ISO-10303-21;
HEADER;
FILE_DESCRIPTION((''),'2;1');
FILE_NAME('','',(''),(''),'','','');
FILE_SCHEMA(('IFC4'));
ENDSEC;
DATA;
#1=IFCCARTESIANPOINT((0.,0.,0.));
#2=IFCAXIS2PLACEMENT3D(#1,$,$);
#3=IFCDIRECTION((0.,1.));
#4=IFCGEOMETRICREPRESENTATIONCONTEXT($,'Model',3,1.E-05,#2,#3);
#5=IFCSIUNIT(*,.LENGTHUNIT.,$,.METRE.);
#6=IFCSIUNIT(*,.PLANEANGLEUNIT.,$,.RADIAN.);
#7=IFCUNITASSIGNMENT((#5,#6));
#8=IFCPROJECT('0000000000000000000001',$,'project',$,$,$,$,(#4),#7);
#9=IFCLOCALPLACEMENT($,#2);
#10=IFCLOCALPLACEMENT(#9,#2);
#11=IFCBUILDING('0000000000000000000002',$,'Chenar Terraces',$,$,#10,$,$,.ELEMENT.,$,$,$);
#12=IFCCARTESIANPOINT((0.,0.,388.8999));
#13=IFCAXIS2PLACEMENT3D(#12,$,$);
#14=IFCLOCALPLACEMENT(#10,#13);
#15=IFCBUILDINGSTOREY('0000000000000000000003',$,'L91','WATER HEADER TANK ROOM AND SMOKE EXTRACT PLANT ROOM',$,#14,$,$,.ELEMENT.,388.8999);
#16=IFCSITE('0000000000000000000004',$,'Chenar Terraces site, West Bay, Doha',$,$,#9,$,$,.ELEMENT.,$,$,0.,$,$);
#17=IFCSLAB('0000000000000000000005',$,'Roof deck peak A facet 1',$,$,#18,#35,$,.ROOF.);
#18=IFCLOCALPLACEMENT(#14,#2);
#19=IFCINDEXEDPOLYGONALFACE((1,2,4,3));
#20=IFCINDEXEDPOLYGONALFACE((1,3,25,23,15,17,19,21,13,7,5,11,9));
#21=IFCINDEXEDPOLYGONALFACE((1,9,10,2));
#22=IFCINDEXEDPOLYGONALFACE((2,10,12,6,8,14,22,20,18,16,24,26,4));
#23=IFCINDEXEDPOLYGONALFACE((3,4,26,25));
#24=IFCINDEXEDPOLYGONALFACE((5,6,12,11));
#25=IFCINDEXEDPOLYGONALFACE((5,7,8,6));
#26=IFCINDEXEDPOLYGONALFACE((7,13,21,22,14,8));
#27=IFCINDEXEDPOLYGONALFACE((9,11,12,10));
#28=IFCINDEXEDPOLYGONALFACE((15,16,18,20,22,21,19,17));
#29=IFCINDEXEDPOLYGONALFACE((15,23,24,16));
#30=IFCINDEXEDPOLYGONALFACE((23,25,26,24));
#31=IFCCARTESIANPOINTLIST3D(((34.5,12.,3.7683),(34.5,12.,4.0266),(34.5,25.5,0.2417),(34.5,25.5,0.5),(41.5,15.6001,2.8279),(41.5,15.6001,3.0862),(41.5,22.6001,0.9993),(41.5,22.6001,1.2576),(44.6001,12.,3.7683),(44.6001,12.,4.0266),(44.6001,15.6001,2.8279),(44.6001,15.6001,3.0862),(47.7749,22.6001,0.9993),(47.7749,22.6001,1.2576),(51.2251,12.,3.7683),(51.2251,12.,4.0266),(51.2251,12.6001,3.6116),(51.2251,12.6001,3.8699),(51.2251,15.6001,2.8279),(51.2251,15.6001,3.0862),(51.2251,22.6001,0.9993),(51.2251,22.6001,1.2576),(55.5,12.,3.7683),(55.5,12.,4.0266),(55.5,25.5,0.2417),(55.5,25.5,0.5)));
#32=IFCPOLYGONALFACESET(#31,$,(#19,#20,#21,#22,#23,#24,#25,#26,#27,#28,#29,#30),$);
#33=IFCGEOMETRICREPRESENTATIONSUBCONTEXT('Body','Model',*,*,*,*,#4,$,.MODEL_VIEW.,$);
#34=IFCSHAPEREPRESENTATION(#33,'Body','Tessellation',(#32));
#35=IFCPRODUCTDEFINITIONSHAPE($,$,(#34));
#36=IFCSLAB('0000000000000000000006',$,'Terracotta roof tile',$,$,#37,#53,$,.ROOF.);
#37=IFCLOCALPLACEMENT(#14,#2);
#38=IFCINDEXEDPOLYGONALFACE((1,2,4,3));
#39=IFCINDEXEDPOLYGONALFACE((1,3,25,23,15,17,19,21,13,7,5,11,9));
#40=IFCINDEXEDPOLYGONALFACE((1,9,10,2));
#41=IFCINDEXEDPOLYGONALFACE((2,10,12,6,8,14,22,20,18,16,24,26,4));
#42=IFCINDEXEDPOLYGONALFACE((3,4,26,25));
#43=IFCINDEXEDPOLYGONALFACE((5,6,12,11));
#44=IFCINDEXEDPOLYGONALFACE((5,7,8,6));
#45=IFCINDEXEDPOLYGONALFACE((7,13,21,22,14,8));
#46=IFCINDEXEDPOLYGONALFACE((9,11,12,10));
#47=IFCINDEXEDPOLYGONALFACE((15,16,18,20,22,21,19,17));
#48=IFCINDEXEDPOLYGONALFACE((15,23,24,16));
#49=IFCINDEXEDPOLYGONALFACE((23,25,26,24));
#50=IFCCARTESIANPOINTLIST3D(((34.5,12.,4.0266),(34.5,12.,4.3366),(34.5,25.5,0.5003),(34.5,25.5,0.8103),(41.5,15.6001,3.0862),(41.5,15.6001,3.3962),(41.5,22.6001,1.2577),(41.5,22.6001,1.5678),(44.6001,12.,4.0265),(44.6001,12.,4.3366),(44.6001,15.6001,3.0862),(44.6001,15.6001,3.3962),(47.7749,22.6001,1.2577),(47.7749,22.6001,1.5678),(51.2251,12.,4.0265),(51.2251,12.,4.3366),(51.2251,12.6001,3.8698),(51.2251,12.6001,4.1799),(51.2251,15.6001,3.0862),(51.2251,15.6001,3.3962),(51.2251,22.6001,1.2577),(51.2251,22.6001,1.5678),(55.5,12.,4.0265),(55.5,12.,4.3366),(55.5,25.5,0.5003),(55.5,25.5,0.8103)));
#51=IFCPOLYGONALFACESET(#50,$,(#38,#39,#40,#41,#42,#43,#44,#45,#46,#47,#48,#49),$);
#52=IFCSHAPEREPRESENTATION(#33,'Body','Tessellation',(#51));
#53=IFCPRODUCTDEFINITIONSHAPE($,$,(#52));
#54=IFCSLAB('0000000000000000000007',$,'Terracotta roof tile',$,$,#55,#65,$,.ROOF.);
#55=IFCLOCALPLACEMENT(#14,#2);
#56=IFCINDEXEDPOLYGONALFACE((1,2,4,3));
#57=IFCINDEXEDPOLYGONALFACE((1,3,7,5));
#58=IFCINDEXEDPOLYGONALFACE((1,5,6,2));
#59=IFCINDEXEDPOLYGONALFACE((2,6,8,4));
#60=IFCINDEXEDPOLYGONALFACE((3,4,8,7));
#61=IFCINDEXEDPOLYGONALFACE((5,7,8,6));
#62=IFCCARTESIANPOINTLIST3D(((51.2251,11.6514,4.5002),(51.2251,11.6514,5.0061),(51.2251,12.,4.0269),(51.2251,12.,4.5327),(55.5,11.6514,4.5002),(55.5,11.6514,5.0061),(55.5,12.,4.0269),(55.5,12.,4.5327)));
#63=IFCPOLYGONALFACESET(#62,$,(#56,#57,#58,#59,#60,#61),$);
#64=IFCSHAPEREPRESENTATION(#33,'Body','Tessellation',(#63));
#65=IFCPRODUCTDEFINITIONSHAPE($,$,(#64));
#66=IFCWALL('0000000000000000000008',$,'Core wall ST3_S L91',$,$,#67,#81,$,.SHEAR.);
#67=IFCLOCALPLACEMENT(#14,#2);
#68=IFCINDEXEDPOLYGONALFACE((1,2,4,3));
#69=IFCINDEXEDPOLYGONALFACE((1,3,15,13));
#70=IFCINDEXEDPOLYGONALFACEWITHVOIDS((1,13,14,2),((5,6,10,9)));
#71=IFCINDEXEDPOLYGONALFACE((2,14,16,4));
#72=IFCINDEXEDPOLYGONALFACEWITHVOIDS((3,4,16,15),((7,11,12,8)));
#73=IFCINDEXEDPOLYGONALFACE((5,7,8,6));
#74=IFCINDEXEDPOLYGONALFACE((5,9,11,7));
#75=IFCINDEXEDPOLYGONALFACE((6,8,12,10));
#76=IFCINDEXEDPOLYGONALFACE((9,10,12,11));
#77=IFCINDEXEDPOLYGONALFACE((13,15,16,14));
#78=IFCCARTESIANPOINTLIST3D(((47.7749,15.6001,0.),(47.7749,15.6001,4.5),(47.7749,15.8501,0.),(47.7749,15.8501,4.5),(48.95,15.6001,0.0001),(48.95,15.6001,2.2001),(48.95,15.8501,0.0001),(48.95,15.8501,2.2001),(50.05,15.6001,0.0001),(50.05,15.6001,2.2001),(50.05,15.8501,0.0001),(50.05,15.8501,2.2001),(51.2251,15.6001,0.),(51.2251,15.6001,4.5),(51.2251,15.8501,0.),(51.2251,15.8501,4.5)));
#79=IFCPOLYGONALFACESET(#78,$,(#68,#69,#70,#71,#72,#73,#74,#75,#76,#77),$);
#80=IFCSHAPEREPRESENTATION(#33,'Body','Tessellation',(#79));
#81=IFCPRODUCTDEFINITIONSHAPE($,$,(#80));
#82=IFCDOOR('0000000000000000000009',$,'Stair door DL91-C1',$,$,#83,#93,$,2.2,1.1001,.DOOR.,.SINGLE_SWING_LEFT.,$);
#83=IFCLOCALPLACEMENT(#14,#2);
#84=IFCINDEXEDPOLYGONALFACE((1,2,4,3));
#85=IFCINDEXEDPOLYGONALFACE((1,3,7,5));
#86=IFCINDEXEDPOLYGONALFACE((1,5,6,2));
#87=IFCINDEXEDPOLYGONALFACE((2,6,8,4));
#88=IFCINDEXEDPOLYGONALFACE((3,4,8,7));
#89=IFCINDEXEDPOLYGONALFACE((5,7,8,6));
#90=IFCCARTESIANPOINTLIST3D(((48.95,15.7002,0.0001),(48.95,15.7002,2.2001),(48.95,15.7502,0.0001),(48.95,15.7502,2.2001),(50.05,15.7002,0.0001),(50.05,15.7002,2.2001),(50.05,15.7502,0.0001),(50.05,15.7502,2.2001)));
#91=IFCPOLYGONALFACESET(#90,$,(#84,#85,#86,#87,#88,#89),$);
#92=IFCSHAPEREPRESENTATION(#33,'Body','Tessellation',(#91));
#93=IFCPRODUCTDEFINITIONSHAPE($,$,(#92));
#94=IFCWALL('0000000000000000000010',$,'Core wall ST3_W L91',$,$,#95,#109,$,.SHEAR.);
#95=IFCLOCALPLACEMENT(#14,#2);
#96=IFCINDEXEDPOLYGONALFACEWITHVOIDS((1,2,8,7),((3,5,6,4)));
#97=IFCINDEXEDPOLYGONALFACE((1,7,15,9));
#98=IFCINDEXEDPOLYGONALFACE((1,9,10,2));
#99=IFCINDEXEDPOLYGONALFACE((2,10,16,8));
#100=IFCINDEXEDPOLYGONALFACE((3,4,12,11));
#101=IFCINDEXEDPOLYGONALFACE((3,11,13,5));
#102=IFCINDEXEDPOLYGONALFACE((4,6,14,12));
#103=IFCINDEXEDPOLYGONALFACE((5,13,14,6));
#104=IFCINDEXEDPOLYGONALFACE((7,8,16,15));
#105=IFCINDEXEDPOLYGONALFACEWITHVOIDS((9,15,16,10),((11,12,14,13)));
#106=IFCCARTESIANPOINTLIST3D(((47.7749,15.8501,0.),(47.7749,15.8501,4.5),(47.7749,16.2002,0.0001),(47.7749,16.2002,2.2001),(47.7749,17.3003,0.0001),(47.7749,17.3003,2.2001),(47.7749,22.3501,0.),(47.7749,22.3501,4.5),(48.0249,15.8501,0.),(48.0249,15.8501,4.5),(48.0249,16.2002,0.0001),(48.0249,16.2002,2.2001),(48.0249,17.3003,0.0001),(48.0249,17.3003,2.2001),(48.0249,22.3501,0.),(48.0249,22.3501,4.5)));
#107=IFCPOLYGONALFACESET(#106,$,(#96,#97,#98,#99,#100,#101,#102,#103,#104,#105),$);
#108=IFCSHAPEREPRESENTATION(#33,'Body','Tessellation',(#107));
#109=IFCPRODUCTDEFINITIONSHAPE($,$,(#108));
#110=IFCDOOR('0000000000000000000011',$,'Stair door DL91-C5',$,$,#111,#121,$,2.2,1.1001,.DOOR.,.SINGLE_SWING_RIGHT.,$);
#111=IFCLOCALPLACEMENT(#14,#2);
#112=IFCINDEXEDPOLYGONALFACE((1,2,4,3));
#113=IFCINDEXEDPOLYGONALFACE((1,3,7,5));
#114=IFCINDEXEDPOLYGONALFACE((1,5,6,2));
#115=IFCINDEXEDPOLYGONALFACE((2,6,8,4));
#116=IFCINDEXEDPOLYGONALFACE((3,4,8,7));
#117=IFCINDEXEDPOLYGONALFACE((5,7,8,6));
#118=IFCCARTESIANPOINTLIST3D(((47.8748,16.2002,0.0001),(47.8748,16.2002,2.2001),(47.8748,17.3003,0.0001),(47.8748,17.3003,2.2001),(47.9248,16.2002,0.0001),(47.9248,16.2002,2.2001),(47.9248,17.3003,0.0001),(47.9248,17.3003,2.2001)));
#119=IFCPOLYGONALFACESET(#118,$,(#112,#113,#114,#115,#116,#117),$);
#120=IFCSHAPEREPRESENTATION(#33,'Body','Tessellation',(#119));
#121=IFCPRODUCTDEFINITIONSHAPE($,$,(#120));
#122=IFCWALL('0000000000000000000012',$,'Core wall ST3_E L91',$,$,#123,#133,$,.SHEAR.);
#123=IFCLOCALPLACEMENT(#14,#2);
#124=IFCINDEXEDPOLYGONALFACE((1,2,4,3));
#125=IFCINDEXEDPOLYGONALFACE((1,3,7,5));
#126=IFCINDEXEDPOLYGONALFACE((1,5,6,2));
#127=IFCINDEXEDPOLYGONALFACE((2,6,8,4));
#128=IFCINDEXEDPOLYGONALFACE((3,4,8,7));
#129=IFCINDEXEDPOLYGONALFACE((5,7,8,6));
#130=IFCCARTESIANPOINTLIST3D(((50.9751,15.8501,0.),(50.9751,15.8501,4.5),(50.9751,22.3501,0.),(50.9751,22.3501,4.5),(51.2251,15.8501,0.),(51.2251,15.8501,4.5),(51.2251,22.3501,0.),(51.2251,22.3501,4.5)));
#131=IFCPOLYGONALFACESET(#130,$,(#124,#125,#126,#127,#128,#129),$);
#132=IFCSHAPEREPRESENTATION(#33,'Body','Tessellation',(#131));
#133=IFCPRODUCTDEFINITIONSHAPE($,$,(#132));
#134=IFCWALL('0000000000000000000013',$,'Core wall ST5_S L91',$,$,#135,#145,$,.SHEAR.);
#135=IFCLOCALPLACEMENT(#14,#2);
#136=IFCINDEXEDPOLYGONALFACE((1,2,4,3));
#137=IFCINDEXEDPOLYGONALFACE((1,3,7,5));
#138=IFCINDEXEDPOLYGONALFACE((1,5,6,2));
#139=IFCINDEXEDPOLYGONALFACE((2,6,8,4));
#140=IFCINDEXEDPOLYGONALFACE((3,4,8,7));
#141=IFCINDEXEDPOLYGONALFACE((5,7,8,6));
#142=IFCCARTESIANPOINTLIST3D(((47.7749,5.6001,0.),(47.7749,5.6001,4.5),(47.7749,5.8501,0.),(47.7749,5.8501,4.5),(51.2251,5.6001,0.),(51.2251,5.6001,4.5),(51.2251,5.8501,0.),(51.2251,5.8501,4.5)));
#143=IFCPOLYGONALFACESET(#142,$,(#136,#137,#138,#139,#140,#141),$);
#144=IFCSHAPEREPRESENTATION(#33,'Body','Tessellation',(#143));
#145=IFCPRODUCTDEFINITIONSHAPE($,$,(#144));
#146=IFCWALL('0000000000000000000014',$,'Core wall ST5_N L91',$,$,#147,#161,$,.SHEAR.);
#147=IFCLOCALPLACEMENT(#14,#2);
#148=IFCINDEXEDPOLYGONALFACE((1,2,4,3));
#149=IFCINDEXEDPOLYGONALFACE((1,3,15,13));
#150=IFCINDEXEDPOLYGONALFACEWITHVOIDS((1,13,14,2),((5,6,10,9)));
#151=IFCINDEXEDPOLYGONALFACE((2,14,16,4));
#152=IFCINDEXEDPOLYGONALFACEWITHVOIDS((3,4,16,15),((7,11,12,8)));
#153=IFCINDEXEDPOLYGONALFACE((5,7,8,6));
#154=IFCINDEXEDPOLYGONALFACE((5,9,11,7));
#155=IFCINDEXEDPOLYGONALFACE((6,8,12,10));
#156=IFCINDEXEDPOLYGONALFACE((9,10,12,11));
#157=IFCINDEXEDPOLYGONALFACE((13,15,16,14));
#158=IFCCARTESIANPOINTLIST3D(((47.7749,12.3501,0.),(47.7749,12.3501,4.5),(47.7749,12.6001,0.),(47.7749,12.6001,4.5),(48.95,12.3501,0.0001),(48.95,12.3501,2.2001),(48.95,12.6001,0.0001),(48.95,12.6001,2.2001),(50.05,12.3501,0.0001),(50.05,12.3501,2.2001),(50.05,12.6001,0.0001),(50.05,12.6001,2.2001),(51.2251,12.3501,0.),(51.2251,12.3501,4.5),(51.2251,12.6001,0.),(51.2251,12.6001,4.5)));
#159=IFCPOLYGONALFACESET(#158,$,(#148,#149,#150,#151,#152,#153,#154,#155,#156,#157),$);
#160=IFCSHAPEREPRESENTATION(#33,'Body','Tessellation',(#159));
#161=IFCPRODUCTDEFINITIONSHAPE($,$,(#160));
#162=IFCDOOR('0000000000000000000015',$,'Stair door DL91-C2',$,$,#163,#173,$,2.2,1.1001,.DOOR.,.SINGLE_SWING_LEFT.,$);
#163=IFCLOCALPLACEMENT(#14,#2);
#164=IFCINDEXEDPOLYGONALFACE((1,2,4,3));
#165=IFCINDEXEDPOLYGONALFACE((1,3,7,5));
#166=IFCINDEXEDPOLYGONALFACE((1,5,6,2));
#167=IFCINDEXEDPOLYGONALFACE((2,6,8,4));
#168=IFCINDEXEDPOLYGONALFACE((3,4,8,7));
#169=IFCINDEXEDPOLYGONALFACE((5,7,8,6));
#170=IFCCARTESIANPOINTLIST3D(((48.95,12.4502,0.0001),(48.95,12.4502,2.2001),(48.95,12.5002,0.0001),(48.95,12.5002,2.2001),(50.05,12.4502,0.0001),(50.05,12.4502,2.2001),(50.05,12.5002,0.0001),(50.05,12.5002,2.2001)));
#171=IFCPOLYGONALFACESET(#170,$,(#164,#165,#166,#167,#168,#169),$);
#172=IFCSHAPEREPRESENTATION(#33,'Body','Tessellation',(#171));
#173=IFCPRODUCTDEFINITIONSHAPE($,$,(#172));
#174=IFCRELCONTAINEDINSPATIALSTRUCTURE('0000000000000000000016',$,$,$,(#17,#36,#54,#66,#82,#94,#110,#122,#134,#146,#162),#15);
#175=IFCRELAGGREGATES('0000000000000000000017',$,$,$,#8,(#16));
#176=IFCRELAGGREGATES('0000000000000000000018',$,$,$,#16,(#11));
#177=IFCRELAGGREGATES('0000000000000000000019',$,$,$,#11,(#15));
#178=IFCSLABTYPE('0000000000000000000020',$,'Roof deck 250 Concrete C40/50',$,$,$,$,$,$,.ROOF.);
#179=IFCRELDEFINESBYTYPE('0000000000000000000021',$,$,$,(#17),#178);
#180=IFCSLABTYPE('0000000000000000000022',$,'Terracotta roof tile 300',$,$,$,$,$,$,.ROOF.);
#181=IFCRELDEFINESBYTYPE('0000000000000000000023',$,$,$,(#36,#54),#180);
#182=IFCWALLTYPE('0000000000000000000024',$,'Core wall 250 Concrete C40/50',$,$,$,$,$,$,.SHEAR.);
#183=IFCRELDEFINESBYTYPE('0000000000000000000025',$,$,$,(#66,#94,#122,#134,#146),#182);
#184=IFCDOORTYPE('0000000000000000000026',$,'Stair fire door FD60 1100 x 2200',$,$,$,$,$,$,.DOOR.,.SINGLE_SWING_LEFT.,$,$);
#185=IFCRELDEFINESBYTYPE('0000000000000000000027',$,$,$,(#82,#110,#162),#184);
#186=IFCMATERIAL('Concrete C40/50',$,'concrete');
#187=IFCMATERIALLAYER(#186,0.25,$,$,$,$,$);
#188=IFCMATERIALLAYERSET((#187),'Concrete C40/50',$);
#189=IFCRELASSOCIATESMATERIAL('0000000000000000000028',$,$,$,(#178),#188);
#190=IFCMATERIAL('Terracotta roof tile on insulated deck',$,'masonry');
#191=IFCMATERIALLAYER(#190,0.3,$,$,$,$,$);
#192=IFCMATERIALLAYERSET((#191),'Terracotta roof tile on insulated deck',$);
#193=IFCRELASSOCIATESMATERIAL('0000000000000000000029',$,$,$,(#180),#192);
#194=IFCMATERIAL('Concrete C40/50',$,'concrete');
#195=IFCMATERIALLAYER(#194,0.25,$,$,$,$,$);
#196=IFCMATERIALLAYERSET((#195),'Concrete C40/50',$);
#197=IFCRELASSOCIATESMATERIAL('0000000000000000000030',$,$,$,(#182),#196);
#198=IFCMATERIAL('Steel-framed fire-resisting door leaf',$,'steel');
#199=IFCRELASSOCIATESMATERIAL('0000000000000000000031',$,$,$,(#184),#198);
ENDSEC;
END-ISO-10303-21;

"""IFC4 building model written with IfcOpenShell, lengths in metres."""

from ifc_helpers import new_model, si_unit, direction, frame, frame_2d, origin, place, context, subcontext, project, spatial, polyline, rectangle, outline, extrude, material, layer, layer_set, type_object, element, fill, save


model = new_model("IFC4")

# Units and contexts
model_context = context("Model", 3, precision=1e-05, world=origin(), true_north=direction((0.0, 1.0)))
body_context = subcontext(model_context, "Body", "Model", "MODEL_VIEW")
ifc_project = project(units=[si_unit("LENGTHUNIT", "METRE"), si_unit("PLANEANGLEUNIT", "RADIAN")], contexts=[model_context])

# Site, building, storey
site_placement = place(None, origin())
site = spatial("IfcSite", under=ifc_project, at=site_placement, Name="Chenar Terraces site, West Bay, Doha", CompositionType="ELEMENT", RefElevation=0.0)
building_placement = place(site_placement, origin())
building = spatial("IfcBuilding", under=site, at=building_placement, Name="Chenar Terraces", CompositionType="ELEMENT")
storey_placement = place(building_placement, frame((0.0, 0.0, 388.8999)))
storey = spatial("IfcBuildingStorey", under=building, at=storey_placement, Name="L91", Description="WATER HEADER TANK ROOM AND SMOKE EXTRACT PLANT ROOM", CompositionType="ELEMENT", Elevation=388.8999)

# Slabs
ifc_material_1 = material(Name="Concrete C40/50", Category="concrete")
ifc_layer_1 = layer(ifc_material_1, 0.25)
ifc_layer_set_1 = layer_set([ifc_layer_1], Name="Concrete C40/50")
slab_type_1 = type_object("IfcSlabType", Name="Roof deck 250 Concrete C40/50", PredefinedType="ROOF", material=ifc_layer_set_1)
slab_1_placement = place(storey_placement, frame((51.2251, 12.6001, 3.8699), z_axis=(0.0, 0.25275, 0.967532), x_axis=(0.0, 0.967532, -0.25275)))
element("IfcSlab", 1, at=slab_1_placement, inside=storey, type_object=slab_type_1, Name="Roof deck peak A facet 1", PredefinedType="ROOF", context=body_context, shape_type="SweptSolid", body=[
    extrude(outline(polyline([(0.0, 0.0), (3.1007, 0.0), (10.3356, 0.0), (10.3356, 3.4502), (10.3356, 9.7251), (3.1007, 9.7251), (3.1007, 6.625), (-0.6202, 6.625), (-0.6202, 16.7251), (13.3328, 16.7251), (13.3328, -4.2749), (-0.6202, -4.2749), (-0.6202, 0.0), (0.0, 0.0)])), origin(), (0.25275, 0.0, -0.967532), 0.2583),
])
ifc_material_2 = material(Name="Terracotta roof tile on insulated deck", Category="masonry")
ifc_layer_2 = layer(ifc_material_2, 0.3)
ifc_layer_set_2 = layer_set([ifc_layer_2], Name="Terracotta roof tile on insulated deck")
slab_type_2 = type_object("IfcSlabType", Name="Terracotta roof tile 300", PredefinedType="ROOF", material=ifc_layer_set_2)
slab_2_placement = place(storey_placement, frame((51.2251, 15.6001, 3.3962), z_axis=(0.0, 0.252725, 0.967538), x_axis=(0.0, 0.967538, -0.252725)))
element("IfcSlab", 2, at=slab_2_placement, inside=storey, type_object=slab_type_2, Name="Terracotta roof tile", PredefinedType="ROOF", context=body_context, shape_type="SweptSolid", body=[
    extrude(outline(polyline([(0.0, 0.0), (7.2349, 0.0), (7.2349, 3.4502), (7.2349, 9.7251), (0.0, 9.7251), (0.0, 6.625), (-3.7209, 6.625), (-3.7209, 16.7251), (10.2321, 16.7251), (10.2321, -4.2749), (-3.7209, -4.2749), (-3.7209, 0.0), (-3.1007, 0.0), (0.0, 0.0)])), origin(), (0.252725, 0.0, -0.967538), 0.3101),
])
slab_3_placement = place(storey_placement, frame((51.2251, 12.0, 4.5327), z_axis=(0.0, 0.805202, 0.593001), x_axis=(1.0, 0.0, 0.0)))
element("IfcSlab", 3, at=slab_3_placement, inside=storey, type_object=slab_type_2, Name="Terracotta roof tile", PredefinedType="ROOF", context=body_context, shape_type="SweptSolid", body=[
    extrude(outline(polyline([(0.0, 0.0), (4.2749, 0.0), (4.2749, -0.5879), (0.0, -0.5879), (0.0, 0.0)])), origin(), (0.0, 0.805202, -0.593001), 0.5059),
])

# Walls, openings, doors
ifc_material_3 = material(Name="Concrete C40/50", Category="concrete")
ifc_layer_3 = layer(ifc_material_3, 0.25)
ifc_layer_set_3 = layer_set([ifc_layer_3], Name="Concrete C40/50")
wall_type_1 = type_object("IfcWallType", Name="Core wall 250 Concrete C40/50", PredefinedType="SHEAR", material=ifc_layer_set_3)
wall_1_placement = place(storey_placement, frame((47.7749, 15.7251, 0.0), z_axis=(0.0, 0.0, 1.0), x_axis=(1.0, 0.0, 0.0)))
wall_1 = element("IfcWall", 4, at=wall_1_placement, inside=storey, type_object=wall_type_1, Name="Core wall ST3_S L91", PredefinedType="SHEAR", context=body_context, shape_type="SweptSolid", body=[
    extrude(rectangle(XDim=3.4502, YDim=0.25, at=frame_2d((1.7251, 0.0))), origin(), (0.0, 0.0, 1.0), 4.5),
])
opening_1_placement = place(wall_1_placement, frame((1.175, 0.0, 0.0)))
opening_1 = element("IfcOpeningElement", 5, at=opening_1_placement, cuts=wall_1, PredefinedType="OPENING", context=body_context, shape_type="SweptSolid", body=[
    extrude(rectangle(XDim=1.1001, YDim=2.2, at=frame_2d((0.55, 1.1001))), frame((0.0, 0.135, 0.0), z_axis=(0.0, -1.0, 0.0), x_axis=(1.0, 0.0, 0.0)), (0.0, 0.0, 1.0), 0.27),
])
ifc_material_4 = material(Name="Steel-framed fire-resisting door leaf", Category="steel")
door_type_1 = type_object("IfcDoorType", Name="Stair fire door FD60 1100 x 2200", OperationType="SINGLE_SWING_LEFT", PredefinedType="DOOR", material=ifc_material_4)
door_1_placement = place(opening_1_placement, frame((1.1001, 0.0, 0.0), z_axis=(0.0, 0.0, 1.0), x_axis=(-1.0, 0.0, 0.0)))
door_1 = element("IfcDoor", 6, at=door_1_placement, inside=storey, type_object=door_type_1, Name="Stair door DL91-C1", OperationType="SINGLE_SWING_LEFT", OverallHeight=2.2, OverallWidth=1.1001, PredefinedType="DOOR", context=body_context, shape_type="SweptSolid", body=[
    extrude(rectangle(XDim=1.1001, YDim=2.2, at=frame_2d((0.55, 1.1001))), frame((0.0, 0.0249, 0.0), z_axis=(0.0, -1.0, 0.0), x_axis=(1.0, 0.0, 0.0)), (0.0, 0.0, 1.0), 0.05),
])
fill(opening_1, door_1)
wall_2_placement = place(storey_placement, frame((47.8999, 15.8501, 0.0), z_axis=(0.0, 0.0, 1.0), x_axis=(0.0, 1.0, 0.0)))
wall_2 = element("IfcWall", 7, at=wall_2_placement, inside=storey, type_object=wall_type_1, Name="Core wall ST3_W L91", PredefinedType="SHEAR", context=body_context, shape_type="SweptSolid", body=[
    extrude(rectangle(XDim=6.5, YDim=0.25, at=frame_2d((3.25, 0.0))), origin(), (0.0, 0.0, 1.0), 4.5),
])
opening_2_placement = place(wall_2_placement, frame((0.3501, 0.0, 0.0)))
opening_2 = element("IfcOpeningElement", 8, at=opening_2_placement, cuts=wall_2, PredefinedType="OPENING", context=body_context, shape_type="SweptSolid", body=[
    extrude(rectangle(XDim=1.1001, YDim=2.2, at=frame_2d((0.55, 1.1001))), frame((0.0, 0.135, 0.0), z_axis=(0.0, -1.0, 0.0), x_axis=(1.0, 0.0, 0.0)), (0.0, 0.0, 1.0), 0.27),
])
door_2_placement = place(opening_2_placement, frame((1.1001, 0.0, 0.0), z_axis=(0.0, 0.0, 1.0), x_axis=(-1.0, 0.0, 0.0)))
door_2 = element("IfcDoor", 9, at=door_2_placement, inside=storey, type_object=door_type_1, Name="Stair door DL91-C5", OperationType="SINGLE_SWING_RIGHT", OverallHeight=2.2, OverallWidth=1.1001, PredefinedType="DOOR", context=body_context, shape_type="SweptSolid", body=[
    extrude(rectangle(XDim=1.1001, YDim=2.2, at=frame_2d((0.55, 1.1001))), frame((0.0, 0.0249, 0.0), z_axis=(0.0, -1.0, 0.0), x_axis=(1.0, 0.0, 0.0)), (0.0, 0.0, 1.0), 0.05),
])
fill(opening_2, door_2)

# Walls
wall_3_placement = place(storey_placement, frame((51.1001, 15.8501, 0.0), z_axis=(0.0, 0.0, 1.0), x_axis=(0.0, 1.0, 0.0)))
element("IfcWall", 10, at=wall_3_placement, inside=storey, type_object=wall_type_1, Name="Core wall ST3_E L91", PredefinedType="SHEAR", context=body_context, shape_type="SweptSolid", body=[
    extrude(rectangle(XDim=6.5, YDim=0.25, at=frame_2d((3.25, 0.0))), origin(), (0.0, 0.0, 1.0), 4.5),
])
wall_4_placement = place(storey_placement, frame((47.7749, 5.7251, 0.0), z_axis=(0.0, 0.0, 1.0), x_axis=(1.0, 0.0, 0.0)))
element("IfcWall", 11, at=wall_4_placement, inside=storey, type_object=wall_type_1, Name="Core wall ST5_S L91", PredefinedType="SHEAR", context=body_context, shape_type="SweptSolid", body=[
    extrude(rectangle(XDim=3.4502, YDim=0.25, at=frame_2d((1.7251, 0.0))), origin(), (0.0, 0.0, 1.0), 4.5),
])

# Wall, opening, door
wall_5_placement = place(storey_placement, frame((47.7749, 12.4751, 0.0), z_axis=(0.0, 0.0, 1.0), x_axis=(1.0, 0.0, 0.0)))
wall_5 = element("IfcWall", 12, at=wall_5_placement, inside=storey, type_object=wall_type_1, Name="Core wall ST5_N L91", PredefinedType="SHEAR", context=body_context, shape_type="SweptSolid", body=[
    extrude(rectangle(XDim=3.4502, YDim=0.25, at=frame_2d((1.7251, 0.0))), origin(), (0.0, 0.0, 1.0), 4.5),
])
opening_3_placement = place(wall_5_placement, frame((1.175, 0.0, 0.0)))
opening_3 = element("IfcOpeningElement", 13, at=opening_3_placement, cuts=wall_5, PredefinedType="OPENING", context=body_context, shape_type="SweptSolid", body=[
    extrude(rectangle(XDim=1.1001, YDim=2.2, at=frame_2d((0.55, 1.1001))), frame((0.0, 0.135, 0.0), z_axis=(0.0, -1.0, 0.0), x_axis=(1.0, 0.0, 0.0)), (0.0, 0.0, 1.0), 0.27),
])
door_3_placement = place(opening_3_placement, frame((1.1001, 0.0, 0.0), z_axis=(0.0, 0.0, 1.0), x_axis=(-1.0, 0.0, 0.0)))
door_3 = element("IfcDoor", 14, at=door_3_placement, inside=storey, type_object=door_type_1, Name="Stair door DL91-C2", OperationType="SINGLE_SWING_LEFT", OverallHeight=2.2, OverallWidth=1.1001, PredefinedType="DOOR", context=body_context, shape_type="SweptSolid", body=[
    extrude(rectangle(XDim=1.1001, YDim=2.2, at=frame_2d((0.55, 1.1001))), frame((0.0, 0.0249, 0.0), z_axis=(0.0, -1.0, 0.0), x_axis=(1.0, 0.0, 0.0)), (0.0, 0.0, 1.0), 0.05),
])
fill(opening_3, door_3)

save(model, "model.ifc")
